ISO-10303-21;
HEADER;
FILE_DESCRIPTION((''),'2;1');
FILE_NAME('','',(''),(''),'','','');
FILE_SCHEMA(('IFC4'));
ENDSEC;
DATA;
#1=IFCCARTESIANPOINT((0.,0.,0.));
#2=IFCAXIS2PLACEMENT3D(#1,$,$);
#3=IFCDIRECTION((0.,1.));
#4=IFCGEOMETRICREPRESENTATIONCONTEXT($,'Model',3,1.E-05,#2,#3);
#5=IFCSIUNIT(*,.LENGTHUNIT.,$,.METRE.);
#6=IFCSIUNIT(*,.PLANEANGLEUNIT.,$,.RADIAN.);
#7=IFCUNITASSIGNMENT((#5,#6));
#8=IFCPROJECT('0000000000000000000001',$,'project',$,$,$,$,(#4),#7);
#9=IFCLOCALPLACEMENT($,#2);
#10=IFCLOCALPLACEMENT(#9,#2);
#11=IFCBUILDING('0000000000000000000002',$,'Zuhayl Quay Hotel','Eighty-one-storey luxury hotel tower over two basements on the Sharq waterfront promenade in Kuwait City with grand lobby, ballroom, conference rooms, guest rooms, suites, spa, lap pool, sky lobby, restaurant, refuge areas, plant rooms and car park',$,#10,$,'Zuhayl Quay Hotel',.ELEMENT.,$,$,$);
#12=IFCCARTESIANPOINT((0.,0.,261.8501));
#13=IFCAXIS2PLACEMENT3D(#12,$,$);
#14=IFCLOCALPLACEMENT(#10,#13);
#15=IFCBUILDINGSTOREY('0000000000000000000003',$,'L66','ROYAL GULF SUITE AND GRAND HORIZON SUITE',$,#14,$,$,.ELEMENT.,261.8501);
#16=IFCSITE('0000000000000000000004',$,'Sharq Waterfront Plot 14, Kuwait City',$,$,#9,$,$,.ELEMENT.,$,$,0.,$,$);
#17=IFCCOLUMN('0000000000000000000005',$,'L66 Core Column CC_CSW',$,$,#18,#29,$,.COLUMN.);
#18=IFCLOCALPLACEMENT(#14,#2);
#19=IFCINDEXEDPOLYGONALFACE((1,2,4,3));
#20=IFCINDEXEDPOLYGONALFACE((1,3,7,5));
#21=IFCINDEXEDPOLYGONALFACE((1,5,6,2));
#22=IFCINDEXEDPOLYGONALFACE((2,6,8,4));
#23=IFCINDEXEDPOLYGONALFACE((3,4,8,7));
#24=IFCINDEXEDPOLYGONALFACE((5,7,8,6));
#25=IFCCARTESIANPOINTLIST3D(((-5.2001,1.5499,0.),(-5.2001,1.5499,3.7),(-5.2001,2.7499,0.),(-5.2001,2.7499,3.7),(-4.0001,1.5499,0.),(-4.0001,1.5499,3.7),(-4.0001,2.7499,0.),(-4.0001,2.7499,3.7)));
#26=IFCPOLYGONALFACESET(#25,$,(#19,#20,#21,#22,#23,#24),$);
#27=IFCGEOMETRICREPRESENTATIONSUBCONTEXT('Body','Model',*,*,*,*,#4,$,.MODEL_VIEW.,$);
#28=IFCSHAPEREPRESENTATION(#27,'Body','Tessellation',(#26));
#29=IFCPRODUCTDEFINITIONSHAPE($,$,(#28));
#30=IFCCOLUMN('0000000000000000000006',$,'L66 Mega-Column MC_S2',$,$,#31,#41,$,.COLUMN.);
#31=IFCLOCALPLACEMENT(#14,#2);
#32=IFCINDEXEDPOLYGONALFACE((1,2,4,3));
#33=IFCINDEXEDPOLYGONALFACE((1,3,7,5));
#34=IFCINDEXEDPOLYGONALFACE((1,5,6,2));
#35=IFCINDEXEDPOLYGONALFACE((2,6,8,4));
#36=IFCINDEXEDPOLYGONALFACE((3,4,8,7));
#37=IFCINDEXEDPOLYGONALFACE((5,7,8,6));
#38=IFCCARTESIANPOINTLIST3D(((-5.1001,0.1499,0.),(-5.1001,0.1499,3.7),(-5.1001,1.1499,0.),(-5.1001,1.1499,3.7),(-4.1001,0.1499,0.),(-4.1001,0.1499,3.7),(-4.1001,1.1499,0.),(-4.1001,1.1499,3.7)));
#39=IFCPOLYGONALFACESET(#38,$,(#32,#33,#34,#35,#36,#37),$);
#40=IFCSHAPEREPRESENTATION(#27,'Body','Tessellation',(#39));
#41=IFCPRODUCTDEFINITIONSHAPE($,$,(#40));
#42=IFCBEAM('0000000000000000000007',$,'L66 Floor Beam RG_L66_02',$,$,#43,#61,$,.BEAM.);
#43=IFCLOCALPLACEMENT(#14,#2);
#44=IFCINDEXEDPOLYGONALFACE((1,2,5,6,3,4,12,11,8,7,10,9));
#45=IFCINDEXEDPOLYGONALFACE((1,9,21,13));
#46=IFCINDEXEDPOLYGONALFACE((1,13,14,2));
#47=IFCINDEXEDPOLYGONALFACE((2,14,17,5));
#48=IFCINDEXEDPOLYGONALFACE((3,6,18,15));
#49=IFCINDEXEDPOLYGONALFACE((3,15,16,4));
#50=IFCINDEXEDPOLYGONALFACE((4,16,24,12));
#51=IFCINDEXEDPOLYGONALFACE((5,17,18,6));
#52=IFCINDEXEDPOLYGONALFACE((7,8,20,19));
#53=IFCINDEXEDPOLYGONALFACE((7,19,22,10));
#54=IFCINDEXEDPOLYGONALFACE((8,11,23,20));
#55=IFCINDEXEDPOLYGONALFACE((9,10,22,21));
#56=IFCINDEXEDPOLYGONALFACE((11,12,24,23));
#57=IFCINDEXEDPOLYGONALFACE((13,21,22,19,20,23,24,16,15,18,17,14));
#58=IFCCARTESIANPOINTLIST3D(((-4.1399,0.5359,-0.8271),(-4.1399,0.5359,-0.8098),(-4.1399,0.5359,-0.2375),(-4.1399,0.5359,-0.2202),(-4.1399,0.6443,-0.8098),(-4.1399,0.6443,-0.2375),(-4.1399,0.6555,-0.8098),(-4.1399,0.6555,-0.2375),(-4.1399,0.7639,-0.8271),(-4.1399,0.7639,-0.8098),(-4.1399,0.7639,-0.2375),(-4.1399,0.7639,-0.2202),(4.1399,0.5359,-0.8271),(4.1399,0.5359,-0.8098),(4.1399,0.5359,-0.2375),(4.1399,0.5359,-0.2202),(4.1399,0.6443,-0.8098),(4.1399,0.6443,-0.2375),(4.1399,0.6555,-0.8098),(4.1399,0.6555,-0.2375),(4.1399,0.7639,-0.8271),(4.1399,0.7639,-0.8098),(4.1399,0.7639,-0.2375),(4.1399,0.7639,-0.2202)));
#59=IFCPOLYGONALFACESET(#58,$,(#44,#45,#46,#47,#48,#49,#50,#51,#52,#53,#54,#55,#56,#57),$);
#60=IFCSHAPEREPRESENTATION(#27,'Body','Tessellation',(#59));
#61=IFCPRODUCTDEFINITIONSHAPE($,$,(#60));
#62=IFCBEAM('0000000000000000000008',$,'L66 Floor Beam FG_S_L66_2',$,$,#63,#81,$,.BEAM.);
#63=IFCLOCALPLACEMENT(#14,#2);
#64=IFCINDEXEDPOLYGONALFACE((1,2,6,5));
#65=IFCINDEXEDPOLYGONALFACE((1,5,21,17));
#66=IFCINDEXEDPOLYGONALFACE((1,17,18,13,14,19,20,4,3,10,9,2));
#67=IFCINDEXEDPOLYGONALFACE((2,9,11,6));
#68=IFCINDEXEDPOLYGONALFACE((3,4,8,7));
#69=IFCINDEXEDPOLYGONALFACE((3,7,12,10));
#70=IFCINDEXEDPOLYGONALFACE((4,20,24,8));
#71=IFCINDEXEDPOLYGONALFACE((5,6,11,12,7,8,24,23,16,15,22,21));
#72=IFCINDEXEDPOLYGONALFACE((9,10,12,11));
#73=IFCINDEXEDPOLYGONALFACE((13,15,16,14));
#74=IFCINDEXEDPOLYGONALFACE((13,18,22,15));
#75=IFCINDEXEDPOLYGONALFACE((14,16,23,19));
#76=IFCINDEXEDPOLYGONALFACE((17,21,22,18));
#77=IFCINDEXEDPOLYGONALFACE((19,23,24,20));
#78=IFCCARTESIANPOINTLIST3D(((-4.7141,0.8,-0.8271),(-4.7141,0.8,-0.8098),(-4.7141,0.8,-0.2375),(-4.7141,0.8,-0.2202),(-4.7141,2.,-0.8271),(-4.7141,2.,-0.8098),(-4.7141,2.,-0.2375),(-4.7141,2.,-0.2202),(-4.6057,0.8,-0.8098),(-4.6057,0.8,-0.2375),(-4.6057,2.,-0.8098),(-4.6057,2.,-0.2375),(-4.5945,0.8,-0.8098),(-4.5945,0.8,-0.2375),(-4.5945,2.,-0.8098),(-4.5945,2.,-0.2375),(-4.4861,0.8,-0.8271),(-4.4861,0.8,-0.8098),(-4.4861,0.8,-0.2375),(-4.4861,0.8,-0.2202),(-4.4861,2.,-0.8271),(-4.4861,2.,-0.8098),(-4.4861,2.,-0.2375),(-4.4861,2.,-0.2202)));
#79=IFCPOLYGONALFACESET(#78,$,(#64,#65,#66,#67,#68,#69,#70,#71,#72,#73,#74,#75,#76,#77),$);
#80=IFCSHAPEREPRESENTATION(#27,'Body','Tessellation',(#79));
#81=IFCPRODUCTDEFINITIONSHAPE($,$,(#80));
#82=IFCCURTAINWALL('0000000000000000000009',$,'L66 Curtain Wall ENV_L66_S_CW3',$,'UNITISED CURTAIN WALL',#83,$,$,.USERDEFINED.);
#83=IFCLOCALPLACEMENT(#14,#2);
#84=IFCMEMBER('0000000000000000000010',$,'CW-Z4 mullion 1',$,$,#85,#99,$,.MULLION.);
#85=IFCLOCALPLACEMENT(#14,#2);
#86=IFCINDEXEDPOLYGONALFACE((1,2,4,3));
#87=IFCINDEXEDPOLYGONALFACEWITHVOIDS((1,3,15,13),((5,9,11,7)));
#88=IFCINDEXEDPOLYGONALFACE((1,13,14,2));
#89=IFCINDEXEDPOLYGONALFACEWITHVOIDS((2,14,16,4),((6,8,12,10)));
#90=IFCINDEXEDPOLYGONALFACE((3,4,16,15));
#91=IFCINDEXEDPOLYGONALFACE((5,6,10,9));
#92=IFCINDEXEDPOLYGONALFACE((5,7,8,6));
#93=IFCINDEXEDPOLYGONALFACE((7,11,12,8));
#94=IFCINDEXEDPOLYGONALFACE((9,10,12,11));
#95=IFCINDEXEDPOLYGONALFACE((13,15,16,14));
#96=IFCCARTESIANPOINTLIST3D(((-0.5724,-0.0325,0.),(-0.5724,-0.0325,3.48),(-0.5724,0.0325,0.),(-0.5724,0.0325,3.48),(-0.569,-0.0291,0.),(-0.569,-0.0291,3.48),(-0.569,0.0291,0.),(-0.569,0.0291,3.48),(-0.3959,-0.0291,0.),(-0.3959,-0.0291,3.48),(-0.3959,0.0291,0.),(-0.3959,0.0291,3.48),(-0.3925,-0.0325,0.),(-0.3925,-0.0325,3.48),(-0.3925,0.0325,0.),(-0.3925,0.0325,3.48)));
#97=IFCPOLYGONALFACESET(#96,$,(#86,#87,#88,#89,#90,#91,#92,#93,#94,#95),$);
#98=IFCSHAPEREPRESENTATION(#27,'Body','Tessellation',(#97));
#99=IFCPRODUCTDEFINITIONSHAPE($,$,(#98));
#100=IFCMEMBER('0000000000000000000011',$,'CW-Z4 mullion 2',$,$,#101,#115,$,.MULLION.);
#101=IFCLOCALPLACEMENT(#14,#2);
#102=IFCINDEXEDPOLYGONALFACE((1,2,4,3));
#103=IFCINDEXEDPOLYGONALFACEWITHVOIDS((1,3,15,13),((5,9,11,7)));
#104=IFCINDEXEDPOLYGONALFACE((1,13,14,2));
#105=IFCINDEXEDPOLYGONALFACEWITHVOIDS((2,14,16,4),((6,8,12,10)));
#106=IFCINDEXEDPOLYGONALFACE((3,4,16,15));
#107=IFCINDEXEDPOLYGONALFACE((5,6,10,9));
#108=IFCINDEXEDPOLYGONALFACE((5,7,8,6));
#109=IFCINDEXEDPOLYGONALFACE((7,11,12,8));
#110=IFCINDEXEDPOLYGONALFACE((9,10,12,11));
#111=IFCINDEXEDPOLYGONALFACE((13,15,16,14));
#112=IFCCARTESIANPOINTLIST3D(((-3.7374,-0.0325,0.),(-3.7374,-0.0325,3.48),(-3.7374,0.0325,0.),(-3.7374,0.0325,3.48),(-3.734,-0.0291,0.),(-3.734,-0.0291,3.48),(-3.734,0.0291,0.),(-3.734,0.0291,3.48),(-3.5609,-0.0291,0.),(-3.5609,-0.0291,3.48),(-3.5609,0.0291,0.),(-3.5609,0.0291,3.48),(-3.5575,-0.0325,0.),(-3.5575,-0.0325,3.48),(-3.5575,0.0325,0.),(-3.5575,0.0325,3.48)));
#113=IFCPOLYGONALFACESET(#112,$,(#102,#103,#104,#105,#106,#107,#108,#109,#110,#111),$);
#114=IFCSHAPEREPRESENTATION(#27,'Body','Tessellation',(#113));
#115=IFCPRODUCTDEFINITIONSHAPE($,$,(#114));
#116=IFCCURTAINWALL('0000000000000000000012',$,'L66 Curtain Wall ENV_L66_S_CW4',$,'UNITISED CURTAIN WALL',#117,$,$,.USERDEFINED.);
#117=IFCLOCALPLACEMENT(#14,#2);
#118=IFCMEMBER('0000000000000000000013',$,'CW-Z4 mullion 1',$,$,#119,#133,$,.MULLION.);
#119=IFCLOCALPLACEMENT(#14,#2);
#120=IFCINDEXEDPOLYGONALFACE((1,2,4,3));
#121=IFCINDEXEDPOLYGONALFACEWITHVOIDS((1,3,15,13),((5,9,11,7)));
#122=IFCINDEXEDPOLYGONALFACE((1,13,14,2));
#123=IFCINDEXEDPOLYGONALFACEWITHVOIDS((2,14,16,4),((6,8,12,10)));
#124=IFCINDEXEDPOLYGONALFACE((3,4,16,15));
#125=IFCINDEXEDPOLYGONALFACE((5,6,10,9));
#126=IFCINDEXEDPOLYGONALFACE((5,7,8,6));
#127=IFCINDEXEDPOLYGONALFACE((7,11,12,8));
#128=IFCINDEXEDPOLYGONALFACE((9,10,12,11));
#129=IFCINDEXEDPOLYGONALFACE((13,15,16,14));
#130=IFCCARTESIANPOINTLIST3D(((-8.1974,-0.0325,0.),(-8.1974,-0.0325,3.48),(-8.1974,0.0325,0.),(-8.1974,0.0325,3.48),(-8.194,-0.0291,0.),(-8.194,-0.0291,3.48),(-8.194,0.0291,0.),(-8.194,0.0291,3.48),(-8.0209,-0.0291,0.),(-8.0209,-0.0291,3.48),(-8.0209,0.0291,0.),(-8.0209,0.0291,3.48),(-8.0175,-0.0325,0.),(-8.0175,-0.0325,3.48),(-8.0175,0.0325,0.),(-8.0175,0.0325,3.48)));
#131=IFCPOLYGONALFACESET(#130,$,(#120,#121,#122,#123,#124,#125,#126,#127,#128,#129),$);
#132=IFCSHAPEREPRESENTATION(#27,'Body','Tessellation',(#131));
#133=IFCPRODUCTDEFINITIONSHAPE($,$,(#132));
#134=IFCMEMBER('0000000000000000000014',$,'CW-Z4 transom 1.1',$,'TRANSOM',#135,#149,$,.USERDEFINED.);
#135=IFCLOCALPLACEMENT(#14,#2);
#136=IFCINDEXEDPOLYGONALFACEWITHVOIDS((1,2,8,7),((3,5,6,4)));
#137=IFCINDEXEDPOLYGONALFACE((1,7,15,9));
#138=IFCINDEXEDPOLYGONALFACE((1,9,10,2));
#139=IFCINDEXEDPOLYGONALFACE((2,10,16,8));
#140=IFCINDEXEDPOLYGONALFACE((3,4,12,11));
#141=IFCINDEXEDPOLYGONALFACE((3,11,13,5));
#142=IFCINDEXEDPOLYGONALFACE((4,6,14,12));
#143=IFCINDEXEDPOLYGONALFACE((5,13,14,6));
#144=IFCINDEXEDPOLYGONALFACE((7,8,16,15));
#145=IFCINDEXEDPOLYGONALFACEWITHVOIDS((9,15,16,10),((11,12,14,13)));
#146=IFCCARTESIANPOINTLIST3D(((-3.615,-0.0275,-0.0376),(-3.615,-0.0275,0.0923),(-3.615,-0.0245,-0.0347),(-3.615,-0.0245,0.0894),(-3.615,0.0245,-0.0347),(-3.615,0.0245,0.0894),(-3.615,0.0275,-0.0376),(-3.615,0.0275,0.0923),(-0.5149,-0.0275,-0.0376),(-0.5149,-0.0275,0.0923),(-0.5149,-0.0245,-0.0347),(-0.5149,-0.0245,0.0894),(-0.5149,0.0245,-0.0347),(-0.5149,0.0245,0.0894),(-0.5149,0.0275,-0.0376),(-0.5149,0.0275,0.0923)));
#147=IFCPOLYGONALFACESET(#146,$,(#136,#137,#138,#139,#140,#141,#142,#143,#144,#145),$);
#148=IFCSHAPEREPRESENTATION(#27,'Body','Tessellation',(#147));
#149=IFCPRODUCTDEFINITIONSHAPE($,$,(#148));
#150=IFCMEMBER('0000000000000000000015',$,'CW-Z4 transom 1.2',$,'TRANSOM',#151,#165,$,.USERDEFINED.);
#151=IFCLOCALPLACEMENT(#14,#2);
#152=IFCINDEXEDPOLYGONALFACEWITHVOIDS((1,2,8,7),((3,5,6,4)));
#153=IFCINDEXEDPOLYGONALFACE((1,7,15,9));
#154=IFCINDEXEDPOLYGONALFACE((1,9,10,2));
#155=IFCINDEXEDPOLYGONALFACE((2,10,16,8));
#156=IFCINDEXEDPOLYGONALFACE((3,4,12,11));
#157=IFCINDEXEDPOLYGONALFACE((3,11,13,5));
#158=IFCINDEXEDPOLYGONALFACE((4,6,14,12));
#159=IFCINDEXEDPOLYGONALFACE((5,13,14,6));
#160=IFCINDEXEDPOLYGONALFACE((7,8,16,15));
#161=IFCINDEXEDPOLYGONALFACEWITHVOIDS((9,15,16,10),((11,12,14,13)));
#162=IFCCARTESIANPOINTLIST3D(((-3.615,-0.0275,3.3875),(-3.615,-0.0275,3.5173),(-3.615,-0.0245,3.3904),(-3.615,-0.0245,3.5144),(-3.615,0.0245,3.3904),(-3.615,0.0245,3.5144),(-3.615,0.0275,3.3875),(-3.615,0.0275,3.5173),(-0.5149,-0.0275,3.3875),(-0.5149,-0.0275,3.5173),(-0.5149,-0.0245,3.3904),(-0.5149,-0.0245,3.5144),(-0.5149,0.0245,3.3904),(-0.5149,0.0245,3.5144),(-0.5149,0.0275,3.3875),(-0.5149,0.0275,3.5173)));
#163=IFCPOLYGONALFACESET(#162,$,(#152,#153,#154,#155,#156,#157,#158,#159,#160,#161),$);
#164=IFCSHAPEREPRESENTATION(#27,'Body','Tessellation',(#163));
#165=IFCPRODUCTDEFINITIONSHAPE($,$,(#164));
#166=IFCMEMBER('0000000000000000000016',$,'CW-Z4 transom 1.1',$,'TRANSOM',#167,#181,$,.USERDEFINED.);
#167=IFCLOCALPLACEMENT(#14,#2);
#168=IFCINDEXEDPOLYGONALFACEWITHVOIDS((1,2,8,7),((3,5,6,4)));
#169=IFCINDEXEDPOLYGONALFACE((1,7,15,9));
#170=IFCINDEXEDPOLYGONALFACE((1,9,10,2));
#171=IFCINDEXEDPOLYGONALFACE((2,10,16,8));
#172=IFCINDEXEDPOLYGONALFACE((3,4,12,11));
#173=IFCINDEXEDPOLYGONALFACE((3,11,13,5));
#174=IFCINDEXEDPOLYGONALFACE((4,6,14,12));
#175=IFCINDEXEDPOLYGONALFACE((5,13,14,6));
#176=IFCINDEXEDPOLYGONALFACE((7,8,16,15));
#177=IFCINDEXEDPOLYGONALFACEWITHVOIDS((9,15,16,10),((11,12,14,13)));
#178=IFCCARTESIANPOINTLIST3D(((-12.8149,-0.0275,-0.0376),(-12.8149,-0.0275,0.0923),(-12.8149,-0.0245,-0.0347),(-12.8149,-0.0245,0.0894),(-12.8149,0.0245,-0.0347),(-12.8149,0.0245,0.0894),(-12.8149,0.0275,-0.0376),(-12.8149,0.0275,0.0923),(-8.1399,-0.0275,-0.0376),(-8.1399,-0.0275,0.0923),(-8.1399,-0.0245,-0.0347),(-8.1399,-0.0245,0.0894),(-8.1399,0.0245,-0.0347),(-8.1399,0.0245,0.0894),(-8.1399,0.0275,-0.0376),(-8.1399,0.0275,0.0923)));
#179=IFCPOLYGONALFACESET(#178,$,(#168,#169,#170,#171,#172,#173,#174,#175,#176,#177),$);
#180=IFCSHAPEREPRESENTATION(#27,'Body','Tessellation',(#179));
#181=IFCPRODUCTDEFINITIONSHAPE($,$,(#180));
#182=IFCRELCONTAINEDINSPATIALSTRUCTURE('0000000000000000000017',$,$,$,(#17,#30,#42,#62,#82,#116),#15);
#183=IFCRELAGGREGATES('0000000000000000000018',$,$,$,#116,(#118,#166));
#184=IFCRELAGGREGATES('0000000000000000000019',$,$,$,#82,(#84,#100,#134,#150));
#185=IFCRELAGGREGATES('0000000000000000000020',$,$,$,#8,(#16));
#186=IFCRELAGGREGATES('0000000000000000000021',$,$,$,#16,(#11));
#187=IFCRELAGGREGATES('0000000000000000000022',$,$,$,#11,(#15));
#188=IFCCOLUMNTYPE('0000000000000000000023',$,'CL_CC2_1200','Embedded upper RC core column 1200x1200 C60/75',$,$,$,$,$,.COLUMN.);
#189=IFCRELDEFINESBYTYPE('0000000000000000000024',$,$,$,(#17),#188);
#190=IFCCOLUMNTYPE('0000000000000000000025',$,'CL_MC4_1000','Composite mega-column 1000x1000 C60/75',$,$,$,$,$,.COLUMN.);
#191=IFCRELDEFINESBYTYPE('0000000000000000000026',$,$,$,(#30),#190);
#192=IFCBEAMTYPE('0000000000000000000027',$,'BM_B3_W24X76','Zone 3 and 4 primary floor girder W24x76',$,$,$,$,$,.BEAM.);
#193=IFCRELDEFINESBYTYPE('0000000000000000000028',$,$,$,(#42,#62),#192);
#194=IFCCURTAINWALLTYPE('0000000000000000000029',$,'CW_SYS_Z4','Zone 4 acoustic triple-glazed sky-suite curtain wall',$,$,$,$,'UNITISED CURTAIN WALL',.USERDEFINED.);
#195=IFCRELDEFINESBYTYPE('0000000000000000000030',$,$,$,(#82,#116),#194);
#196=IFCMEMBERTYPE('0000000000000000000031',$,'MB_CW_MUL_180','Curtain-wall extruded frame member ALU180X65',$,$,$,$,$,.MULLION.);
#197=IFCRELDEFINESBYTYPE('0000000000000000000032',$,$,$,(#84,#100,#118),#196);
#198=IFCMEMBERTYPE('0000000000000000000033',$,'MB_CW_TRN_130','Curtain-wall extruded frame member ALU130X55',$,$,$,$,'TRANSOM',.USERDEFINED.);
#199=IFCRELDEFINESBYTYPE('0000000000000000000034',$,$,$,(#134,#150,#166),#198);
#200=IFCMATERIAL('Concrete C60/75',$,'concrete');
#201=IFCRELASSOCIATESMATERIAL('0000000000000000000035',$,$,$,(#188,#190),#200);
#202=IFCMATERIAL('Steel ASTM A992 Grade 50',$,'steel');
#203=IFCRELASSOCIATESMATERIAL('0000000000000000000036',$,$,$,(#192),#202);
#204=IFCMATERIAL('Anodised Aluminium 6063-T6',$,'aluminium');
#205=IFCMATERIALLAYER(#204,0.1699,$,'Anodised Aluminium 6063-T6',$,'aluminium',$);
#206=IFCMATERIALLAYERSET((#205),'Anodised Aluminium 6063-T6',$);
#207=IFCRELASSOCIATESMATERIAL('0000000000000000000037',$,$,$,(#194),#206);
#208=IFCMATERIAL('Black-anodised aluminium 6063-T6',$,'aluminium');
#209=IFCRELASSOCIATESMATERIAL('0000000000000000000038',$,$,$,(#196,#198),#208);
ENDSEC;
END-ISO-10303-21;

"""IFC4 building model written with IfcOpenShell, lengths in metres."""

from ifc_helpers import new_model, si_unit, direction, frame, origin, origin_2d, place, context, subcontext, project, spatial, rectangle, hollow_rectangle, i_section, extrude, material, layer, layer_set, material_profile, profile_set, type_object, element, aggregate, save


model = new_model("IFC4")

# Units and contexts
model_context = context("Model", 3, precision=1e-05, world=origin(), true_north=direction((0.0, 1.0)))
body_context = subcontext(model_context, "Body", "Model", "MODEL_VIEW")
ifc_project = project(units=[si_unit("LENGTHUNIT", "METRE"), si_unit("PLANEANGLEUNIT", "RADIAN")], contexts=[model_context])

# Site, building, storey
site_placement = place(None, origin())
site = spatial("IfcSite", under=ifc_project, at=site_placement, Name="Sharq Waterfront Plot 14, Kuwait City", CompositionType="ELEMENT", RefElevation=0.0)
building_placement = place(site_placement, origin())
building = spatial("IfcBuilding", under=site, at=building_placement, Name="Zuhayl Quay Hotel", Description="Eighty-one-storey luxury hotel tower over two basements on the Sharq waterfront promenade in Kuwait City with grand lobby, ballroom, conference rooms, guest rooms, suites, spa, lap pool, sky lobby, restaurant, refuge areas, plant rooms and car park", LongName="Zuhayl Quay Hotel", CompositionType="ELEMENT")
storey_placement = place(building_placement, frame((0.0, 0.0, 261.8501)))
storey = spatial("IfcBuildingStorey", under=building, at=storey_placement, Name="L66", Description="ROYAL GULF SUITE AND GRAND HORIZON SUITE", CompositionType="ELEMENT", Elevation=261.8501)

# Columns
ifc_material_1 = material(Name="Concrete C60/75", Category="concrete")
ifc_material_profile_1 = material_profile(ifc_material_1, rectangle(XDim=1.2, YDim=1.2, at=origin_2d()), Name="RC1200X1200")
ifc_profile_set_1 = profile_set([ifc_material_profile_1], Name="Concrete C60/75")
column_type_1 = type_object("IfcColumnType", Name="CL_CC2_1200", Description="Embedded upper RC core column 1200x1200 C60/75", PredefinedType="COLUMN", material=ifc_profile_set_1)
column_1_placement = place(storey_placement, frame((-4.6001, 2.1499, 0.0), z_axis=(0.0, 0.0, 1.0), x_axis=(1.0, 0.0, 0.0)))
element("IfcColumn", 1, at=column_1_placement, inside=storey, type_object=column_type_1, Name="L66 Core Column CC_CSW", PredefinedType="COLUMN", context=body_context, shape_type="SweptSolid", body=[
    extrude(rectangle(XDim=1.2, YDim=1.2, at=origin_2d()), origin(), (0.0, 0.0, 1.0), 3.7),
])
ifc_material_profile_2 = material_profile(ifc_material_1, rectangle(XDim=1.0, YDim=1.0, at=origin_2d()), Name="RC1000X1000")
ifc_profile_set_2 = profile_set([ifc_material_profile_2], Name="Concrete C60/75")
column_type_2 = type_object("IfcColumnType", Name="CL_MC4_1000", Description="Composite mega-column 1000x1000 C60/75", PredefinedType="COLUMN", material=ifc_profile_set_2)
column_2_placement = place(storey_placement, frame((-4.6001, 0.6499, 0.0), z_axis=(0.0, 0.0, 1.0), x_axis=(1.0, 0.0, 0.0)))
element("IfcColumn", 2, at=column_2_placement, inside=storey, type_object=column_type_2, Name="L66 Mega-Column MC_S2", PredefinedType="COLUMN", context=body_context, shape_type="SweptSolid", body=[
    extrude(rectangle(XDim=1.0, YDim=1.0, at=origin_2d()), origin(), (0.0, 0.0, 1.0), 3.7),
])

# Beams
ifc_material_2 = material(Name="Steel ASTM A992 Grade 50", Category="steel")
ifc_material_profile_3 = material_profile(ifc_material_2, i_section(OverallWidth=0.228, OverallDepth=0.6069, WebThickness=0.0112, FlangeThickness=0.0173, at=origin_2d()), Name="W24X76")
ifc_profile_set_3 = profile_set([ifc_material_profile_3], Name="Steel ASTM A992 Grade 50")
beam_type = type_object("IfcBeamType", Name="BM_B3_W24X76", Description="Zone 3 and 4 primary floor girder W24x76", PredefinedType="BEAM", material=ifc_profile_set_3)
beam_1_placement = place(storey_placement, frame((-4.1399, 0.6499, -0.5237), z_axis=(1.0, 0.0, 0.0), x_axis=(0.0, 1.0, 0.0)))
element("IfcBeam", 3, at=beam_1_placement, inside=storey, type_object=beam_type, Name="L66 Floor Beam RG_L66_02", PredefinedType="BEAM", context=body_context, shape_type="SweptSolid", body=[
    extrude(i_section(OverallWidth=0.228, OverallDepth=0.6069, WebThickness=0.0112, FlangeThickness=0.0173, at=origin_2d()), origin(), (0.0, 0.0, 1.0), 8.2798),
])
beam_2_placement = place(storey_placement, frame((-4.6001, 0.8, -0.5237), z_axis=(0.0, 1.0, 0.0), x_axis=(-1.0, 0.0, 0.0)))
element("IfcBeam", 4, at=beam_2_placement, inside=storey, type_object=beam_type, Name="L66 Floor Beam FG_S_L66_2", PredefinedType="BEAM", context=body_context, shape_type="SweptSolid", body=[
    extrude(i_section(OverallWidth=0.228, OverallDepth=0.6069, WebThickness=0.0112, FlangeThickness=0.0173, at=origin_2d()), origin(), (0.0, 0.0, 1.0), 1.2),
])

# Curtain wall, members
ifc_material_3 = material(Name="Anodised Aluminium 6063-T6", Category="aluminium")
ifc_layer_1 = layer(ifc_material_3, 0.1699, Name="Anodised Aluminium 6063-T6", Category="aluminium")
ifc_layer_set_1 = layer_set([ifc_layer_1], Name="Anodised Aluminium 6063-T6")
curtain_wall_type = type_object("IfcCurtainWallType", Name="CW_SYS_Z4", Description="Zone 4 acoustic triple-glazed sky-suite curtain wall", ElementType="UNITISED CURTAIN WALL", PredefinedType="USERDEFINED", material=ifc_layer_set_1)
curtain_wall_1_placement = place(storey_placement, origin())
curtain_wall_1 = element("IfcCurtainWall", 5, at=curtain_wall_1_placement, inside=storey, type_object=curtain_wall_type, Name="L66 Curtain Wall ENV_L66_S_CW3", ObjectType="UNITISED CURTAIN WALL", PredefinedType="USERDEFINED")
ifc_material_4 = material(Name="Black-anodised aluminium 6063-T6", Category="aluminium")
ifc_material_profile_4 = material_profile(ifc_material_4, hollow_rectangle(XDim=0.0649, YDim=0.1799, WallThickness=0.0034, at=origin_2d()), Name="ALU180X65")
ifc_profile_set_4 = profile_set([ifc_material_profile_4], Name="Black-anodised aluminium 6063-T6")
member_type_1 = type_object("IfcMemberType", Name="MB_CW_MUL_180", Description="Curtain-wall extruded frame member ALU180X65", PredefinedType="MULLION", material=ifc_profile_set_4)
member_1_placement = place(storey_placement, frame((-0.4824, 0.0, 0.0), z_axis=(0.0, 0.0, 1.0), x_axis=(0.0, -1.0, 0.0)))
member_1 = element("IfcMember", 6, at=member_1_placement, type_object=member_type_1, Name="CW-Z4 mullion 1", PredefinedType="MULLION", context=body_context, shape_type="SweptSolid", body=[
    extrude(hollow_rectangle(XDim=0.0649, YDim=0.1799, WallThickness=0.0034, at=origin_2d()), origin(), (0.0, 0.0, 1.0), 3.48),
])
member_2_placement = place(storey_placement, frame((-3.6475, 0.0, 0.0), z_axis=(0.0, 0.0, 1.0), x_axis=(0.0, -1.0, 0.0)))
member_2 = element("IfcMember", 7, at=member_2_placement, type_object=member_type_1, Name="CW-Z4 mullion 2", PredefinedType="MULLION", context=body_context, shape_type="SweptSolid", body=[
    extrude(hollow_rectangle(XDim=0.0649, YDim=0.1799, WallThickness=0.0034, at=origin_2d()), origin(), (0.0, 0.0, 1.0), 3.48),
])

# Curtain wall, member
curtain_wall_2_placement = place(storey_placement, origin())
curtain_wall_2 = element("IfcCurtainWall", 8, at=curtain_wall_2_placement, inside=storey, type_object=curtain_wall_type, Name="L66 Curtain Wall ENV_L66_S_CW4", ObjectType="UNITISED CURTAIN WALL", PredefinedType="USERDEFINED")
member_3_placement = place(storey_placement, frame((-8.1074, 0.0, 0.0), z_axis=(0.0, 0.0, 1.0), x_axis=(0.0, -1.0, 0.0)))
member_3 = element("IfcMember", 9, at=member_3_placement, type_object=member_type_1, Name="CW-Z4 mullion 1", PredefinedType="MULLION", context=body_context, shape_type="SweptSolid", body=[
    extrude(hollow_rectangle(XDim=0.0649, YDim=0.1799, WallThickness=0.0034, at=origin_2d()), origin(), (0.0, 0.0, 1.0), 3.48),
])

# Members
ifc_material_profile_5 = material_profile(ifc_material_4, hollow_rectangle(XDim=0.0549, YDim=0.1299, WallThickness=0.0029, at=origin_2d()), Name="ALU130X55")
ifc_profile_set_5 = profile_set([ifc_material_profile_5], Name="Black-anodised aluminium 6063-T6")
member_type_2 = type_object("IfcMemberType", Name="MB_CW_TRN_130", Description="Curtain-wall extruded frame member ALU130X55", ElementType="TRANSOM", PredefinedType="USERDEFINED", material=ifc_profile_set_5)
member_4_placement = place(storey_placement, frame((-0.5149, 0.0, 0.0273), z_axis=(-1.0, 0.0, 0.0), x_axis=(0.0, -1.0, 0.0)))
member_4 = element("IfcMember", 10, at=member_4_placement, type_object=member_type_2, Name="CW-Z4 transom 1.1", ObjectType="TRANSOM", PredefinedType="USERDEFINED", context=body_context, shape_type="SweptSolid", body=[
    extrude(hollow_rectangle(XDim=0.0549, YDim=0.1299, WallThickness=0.0029, at=origin_2d()), origin(), (0.0, 0.0, 1.0), 3.1001),
])
member_5_placement = place(storey_placement, frame((-0.5149, 0.0, 3.4524), z_axis=(-1.0, 0.0, 0.0), x_axis=(0.0, -1.0, 0.0)))
member_5 = element("IfcMember", 11, at=member_5_placement, type_object=member_type_2, Name="CW-Z4 transom 1.2", ObjectType="TRANSOM", PredefinedType="USERDEFINED", context=body_context, shape_type="SweptSolid", body=[
    extrude(hollow_rectangle(XDim=0.0549, YDim=0.1299, WallThickness=0.0029, at=origin_2d()), origin(), (0.0, 0.0, 1.0), 3.1001),
])
member_6_placement = place(storey_placement, frame((-8.1399, 0.0, 0.0273), z_axis=(-1.0, 0.0, 0.0), x_axis=(0.0, -1.0, 0.0)))
member_6 = element("IfcMember", 12, at=member_6_placement, type_object=member_type_2, Name="CW-Z4 transom 1.1", ObjectType="TRANSOM", PredefinedType="USERDEFINED", context=body_context, shape_type="SweptSolid", body=[
    extrude(hollow_rectangle(XDim=0.0549, YDim=0.1299, WallThickness=0.0029, at=origin_2d()), origin(), (0.0, 0.0, 1.0), 4.675),
])
aggregate(curtain_wall_2, [member_3, member_6])

aggregate(curtain_wall_1, [member_1, member_2, member_4, member_5])

save(model, "model.ifc")
